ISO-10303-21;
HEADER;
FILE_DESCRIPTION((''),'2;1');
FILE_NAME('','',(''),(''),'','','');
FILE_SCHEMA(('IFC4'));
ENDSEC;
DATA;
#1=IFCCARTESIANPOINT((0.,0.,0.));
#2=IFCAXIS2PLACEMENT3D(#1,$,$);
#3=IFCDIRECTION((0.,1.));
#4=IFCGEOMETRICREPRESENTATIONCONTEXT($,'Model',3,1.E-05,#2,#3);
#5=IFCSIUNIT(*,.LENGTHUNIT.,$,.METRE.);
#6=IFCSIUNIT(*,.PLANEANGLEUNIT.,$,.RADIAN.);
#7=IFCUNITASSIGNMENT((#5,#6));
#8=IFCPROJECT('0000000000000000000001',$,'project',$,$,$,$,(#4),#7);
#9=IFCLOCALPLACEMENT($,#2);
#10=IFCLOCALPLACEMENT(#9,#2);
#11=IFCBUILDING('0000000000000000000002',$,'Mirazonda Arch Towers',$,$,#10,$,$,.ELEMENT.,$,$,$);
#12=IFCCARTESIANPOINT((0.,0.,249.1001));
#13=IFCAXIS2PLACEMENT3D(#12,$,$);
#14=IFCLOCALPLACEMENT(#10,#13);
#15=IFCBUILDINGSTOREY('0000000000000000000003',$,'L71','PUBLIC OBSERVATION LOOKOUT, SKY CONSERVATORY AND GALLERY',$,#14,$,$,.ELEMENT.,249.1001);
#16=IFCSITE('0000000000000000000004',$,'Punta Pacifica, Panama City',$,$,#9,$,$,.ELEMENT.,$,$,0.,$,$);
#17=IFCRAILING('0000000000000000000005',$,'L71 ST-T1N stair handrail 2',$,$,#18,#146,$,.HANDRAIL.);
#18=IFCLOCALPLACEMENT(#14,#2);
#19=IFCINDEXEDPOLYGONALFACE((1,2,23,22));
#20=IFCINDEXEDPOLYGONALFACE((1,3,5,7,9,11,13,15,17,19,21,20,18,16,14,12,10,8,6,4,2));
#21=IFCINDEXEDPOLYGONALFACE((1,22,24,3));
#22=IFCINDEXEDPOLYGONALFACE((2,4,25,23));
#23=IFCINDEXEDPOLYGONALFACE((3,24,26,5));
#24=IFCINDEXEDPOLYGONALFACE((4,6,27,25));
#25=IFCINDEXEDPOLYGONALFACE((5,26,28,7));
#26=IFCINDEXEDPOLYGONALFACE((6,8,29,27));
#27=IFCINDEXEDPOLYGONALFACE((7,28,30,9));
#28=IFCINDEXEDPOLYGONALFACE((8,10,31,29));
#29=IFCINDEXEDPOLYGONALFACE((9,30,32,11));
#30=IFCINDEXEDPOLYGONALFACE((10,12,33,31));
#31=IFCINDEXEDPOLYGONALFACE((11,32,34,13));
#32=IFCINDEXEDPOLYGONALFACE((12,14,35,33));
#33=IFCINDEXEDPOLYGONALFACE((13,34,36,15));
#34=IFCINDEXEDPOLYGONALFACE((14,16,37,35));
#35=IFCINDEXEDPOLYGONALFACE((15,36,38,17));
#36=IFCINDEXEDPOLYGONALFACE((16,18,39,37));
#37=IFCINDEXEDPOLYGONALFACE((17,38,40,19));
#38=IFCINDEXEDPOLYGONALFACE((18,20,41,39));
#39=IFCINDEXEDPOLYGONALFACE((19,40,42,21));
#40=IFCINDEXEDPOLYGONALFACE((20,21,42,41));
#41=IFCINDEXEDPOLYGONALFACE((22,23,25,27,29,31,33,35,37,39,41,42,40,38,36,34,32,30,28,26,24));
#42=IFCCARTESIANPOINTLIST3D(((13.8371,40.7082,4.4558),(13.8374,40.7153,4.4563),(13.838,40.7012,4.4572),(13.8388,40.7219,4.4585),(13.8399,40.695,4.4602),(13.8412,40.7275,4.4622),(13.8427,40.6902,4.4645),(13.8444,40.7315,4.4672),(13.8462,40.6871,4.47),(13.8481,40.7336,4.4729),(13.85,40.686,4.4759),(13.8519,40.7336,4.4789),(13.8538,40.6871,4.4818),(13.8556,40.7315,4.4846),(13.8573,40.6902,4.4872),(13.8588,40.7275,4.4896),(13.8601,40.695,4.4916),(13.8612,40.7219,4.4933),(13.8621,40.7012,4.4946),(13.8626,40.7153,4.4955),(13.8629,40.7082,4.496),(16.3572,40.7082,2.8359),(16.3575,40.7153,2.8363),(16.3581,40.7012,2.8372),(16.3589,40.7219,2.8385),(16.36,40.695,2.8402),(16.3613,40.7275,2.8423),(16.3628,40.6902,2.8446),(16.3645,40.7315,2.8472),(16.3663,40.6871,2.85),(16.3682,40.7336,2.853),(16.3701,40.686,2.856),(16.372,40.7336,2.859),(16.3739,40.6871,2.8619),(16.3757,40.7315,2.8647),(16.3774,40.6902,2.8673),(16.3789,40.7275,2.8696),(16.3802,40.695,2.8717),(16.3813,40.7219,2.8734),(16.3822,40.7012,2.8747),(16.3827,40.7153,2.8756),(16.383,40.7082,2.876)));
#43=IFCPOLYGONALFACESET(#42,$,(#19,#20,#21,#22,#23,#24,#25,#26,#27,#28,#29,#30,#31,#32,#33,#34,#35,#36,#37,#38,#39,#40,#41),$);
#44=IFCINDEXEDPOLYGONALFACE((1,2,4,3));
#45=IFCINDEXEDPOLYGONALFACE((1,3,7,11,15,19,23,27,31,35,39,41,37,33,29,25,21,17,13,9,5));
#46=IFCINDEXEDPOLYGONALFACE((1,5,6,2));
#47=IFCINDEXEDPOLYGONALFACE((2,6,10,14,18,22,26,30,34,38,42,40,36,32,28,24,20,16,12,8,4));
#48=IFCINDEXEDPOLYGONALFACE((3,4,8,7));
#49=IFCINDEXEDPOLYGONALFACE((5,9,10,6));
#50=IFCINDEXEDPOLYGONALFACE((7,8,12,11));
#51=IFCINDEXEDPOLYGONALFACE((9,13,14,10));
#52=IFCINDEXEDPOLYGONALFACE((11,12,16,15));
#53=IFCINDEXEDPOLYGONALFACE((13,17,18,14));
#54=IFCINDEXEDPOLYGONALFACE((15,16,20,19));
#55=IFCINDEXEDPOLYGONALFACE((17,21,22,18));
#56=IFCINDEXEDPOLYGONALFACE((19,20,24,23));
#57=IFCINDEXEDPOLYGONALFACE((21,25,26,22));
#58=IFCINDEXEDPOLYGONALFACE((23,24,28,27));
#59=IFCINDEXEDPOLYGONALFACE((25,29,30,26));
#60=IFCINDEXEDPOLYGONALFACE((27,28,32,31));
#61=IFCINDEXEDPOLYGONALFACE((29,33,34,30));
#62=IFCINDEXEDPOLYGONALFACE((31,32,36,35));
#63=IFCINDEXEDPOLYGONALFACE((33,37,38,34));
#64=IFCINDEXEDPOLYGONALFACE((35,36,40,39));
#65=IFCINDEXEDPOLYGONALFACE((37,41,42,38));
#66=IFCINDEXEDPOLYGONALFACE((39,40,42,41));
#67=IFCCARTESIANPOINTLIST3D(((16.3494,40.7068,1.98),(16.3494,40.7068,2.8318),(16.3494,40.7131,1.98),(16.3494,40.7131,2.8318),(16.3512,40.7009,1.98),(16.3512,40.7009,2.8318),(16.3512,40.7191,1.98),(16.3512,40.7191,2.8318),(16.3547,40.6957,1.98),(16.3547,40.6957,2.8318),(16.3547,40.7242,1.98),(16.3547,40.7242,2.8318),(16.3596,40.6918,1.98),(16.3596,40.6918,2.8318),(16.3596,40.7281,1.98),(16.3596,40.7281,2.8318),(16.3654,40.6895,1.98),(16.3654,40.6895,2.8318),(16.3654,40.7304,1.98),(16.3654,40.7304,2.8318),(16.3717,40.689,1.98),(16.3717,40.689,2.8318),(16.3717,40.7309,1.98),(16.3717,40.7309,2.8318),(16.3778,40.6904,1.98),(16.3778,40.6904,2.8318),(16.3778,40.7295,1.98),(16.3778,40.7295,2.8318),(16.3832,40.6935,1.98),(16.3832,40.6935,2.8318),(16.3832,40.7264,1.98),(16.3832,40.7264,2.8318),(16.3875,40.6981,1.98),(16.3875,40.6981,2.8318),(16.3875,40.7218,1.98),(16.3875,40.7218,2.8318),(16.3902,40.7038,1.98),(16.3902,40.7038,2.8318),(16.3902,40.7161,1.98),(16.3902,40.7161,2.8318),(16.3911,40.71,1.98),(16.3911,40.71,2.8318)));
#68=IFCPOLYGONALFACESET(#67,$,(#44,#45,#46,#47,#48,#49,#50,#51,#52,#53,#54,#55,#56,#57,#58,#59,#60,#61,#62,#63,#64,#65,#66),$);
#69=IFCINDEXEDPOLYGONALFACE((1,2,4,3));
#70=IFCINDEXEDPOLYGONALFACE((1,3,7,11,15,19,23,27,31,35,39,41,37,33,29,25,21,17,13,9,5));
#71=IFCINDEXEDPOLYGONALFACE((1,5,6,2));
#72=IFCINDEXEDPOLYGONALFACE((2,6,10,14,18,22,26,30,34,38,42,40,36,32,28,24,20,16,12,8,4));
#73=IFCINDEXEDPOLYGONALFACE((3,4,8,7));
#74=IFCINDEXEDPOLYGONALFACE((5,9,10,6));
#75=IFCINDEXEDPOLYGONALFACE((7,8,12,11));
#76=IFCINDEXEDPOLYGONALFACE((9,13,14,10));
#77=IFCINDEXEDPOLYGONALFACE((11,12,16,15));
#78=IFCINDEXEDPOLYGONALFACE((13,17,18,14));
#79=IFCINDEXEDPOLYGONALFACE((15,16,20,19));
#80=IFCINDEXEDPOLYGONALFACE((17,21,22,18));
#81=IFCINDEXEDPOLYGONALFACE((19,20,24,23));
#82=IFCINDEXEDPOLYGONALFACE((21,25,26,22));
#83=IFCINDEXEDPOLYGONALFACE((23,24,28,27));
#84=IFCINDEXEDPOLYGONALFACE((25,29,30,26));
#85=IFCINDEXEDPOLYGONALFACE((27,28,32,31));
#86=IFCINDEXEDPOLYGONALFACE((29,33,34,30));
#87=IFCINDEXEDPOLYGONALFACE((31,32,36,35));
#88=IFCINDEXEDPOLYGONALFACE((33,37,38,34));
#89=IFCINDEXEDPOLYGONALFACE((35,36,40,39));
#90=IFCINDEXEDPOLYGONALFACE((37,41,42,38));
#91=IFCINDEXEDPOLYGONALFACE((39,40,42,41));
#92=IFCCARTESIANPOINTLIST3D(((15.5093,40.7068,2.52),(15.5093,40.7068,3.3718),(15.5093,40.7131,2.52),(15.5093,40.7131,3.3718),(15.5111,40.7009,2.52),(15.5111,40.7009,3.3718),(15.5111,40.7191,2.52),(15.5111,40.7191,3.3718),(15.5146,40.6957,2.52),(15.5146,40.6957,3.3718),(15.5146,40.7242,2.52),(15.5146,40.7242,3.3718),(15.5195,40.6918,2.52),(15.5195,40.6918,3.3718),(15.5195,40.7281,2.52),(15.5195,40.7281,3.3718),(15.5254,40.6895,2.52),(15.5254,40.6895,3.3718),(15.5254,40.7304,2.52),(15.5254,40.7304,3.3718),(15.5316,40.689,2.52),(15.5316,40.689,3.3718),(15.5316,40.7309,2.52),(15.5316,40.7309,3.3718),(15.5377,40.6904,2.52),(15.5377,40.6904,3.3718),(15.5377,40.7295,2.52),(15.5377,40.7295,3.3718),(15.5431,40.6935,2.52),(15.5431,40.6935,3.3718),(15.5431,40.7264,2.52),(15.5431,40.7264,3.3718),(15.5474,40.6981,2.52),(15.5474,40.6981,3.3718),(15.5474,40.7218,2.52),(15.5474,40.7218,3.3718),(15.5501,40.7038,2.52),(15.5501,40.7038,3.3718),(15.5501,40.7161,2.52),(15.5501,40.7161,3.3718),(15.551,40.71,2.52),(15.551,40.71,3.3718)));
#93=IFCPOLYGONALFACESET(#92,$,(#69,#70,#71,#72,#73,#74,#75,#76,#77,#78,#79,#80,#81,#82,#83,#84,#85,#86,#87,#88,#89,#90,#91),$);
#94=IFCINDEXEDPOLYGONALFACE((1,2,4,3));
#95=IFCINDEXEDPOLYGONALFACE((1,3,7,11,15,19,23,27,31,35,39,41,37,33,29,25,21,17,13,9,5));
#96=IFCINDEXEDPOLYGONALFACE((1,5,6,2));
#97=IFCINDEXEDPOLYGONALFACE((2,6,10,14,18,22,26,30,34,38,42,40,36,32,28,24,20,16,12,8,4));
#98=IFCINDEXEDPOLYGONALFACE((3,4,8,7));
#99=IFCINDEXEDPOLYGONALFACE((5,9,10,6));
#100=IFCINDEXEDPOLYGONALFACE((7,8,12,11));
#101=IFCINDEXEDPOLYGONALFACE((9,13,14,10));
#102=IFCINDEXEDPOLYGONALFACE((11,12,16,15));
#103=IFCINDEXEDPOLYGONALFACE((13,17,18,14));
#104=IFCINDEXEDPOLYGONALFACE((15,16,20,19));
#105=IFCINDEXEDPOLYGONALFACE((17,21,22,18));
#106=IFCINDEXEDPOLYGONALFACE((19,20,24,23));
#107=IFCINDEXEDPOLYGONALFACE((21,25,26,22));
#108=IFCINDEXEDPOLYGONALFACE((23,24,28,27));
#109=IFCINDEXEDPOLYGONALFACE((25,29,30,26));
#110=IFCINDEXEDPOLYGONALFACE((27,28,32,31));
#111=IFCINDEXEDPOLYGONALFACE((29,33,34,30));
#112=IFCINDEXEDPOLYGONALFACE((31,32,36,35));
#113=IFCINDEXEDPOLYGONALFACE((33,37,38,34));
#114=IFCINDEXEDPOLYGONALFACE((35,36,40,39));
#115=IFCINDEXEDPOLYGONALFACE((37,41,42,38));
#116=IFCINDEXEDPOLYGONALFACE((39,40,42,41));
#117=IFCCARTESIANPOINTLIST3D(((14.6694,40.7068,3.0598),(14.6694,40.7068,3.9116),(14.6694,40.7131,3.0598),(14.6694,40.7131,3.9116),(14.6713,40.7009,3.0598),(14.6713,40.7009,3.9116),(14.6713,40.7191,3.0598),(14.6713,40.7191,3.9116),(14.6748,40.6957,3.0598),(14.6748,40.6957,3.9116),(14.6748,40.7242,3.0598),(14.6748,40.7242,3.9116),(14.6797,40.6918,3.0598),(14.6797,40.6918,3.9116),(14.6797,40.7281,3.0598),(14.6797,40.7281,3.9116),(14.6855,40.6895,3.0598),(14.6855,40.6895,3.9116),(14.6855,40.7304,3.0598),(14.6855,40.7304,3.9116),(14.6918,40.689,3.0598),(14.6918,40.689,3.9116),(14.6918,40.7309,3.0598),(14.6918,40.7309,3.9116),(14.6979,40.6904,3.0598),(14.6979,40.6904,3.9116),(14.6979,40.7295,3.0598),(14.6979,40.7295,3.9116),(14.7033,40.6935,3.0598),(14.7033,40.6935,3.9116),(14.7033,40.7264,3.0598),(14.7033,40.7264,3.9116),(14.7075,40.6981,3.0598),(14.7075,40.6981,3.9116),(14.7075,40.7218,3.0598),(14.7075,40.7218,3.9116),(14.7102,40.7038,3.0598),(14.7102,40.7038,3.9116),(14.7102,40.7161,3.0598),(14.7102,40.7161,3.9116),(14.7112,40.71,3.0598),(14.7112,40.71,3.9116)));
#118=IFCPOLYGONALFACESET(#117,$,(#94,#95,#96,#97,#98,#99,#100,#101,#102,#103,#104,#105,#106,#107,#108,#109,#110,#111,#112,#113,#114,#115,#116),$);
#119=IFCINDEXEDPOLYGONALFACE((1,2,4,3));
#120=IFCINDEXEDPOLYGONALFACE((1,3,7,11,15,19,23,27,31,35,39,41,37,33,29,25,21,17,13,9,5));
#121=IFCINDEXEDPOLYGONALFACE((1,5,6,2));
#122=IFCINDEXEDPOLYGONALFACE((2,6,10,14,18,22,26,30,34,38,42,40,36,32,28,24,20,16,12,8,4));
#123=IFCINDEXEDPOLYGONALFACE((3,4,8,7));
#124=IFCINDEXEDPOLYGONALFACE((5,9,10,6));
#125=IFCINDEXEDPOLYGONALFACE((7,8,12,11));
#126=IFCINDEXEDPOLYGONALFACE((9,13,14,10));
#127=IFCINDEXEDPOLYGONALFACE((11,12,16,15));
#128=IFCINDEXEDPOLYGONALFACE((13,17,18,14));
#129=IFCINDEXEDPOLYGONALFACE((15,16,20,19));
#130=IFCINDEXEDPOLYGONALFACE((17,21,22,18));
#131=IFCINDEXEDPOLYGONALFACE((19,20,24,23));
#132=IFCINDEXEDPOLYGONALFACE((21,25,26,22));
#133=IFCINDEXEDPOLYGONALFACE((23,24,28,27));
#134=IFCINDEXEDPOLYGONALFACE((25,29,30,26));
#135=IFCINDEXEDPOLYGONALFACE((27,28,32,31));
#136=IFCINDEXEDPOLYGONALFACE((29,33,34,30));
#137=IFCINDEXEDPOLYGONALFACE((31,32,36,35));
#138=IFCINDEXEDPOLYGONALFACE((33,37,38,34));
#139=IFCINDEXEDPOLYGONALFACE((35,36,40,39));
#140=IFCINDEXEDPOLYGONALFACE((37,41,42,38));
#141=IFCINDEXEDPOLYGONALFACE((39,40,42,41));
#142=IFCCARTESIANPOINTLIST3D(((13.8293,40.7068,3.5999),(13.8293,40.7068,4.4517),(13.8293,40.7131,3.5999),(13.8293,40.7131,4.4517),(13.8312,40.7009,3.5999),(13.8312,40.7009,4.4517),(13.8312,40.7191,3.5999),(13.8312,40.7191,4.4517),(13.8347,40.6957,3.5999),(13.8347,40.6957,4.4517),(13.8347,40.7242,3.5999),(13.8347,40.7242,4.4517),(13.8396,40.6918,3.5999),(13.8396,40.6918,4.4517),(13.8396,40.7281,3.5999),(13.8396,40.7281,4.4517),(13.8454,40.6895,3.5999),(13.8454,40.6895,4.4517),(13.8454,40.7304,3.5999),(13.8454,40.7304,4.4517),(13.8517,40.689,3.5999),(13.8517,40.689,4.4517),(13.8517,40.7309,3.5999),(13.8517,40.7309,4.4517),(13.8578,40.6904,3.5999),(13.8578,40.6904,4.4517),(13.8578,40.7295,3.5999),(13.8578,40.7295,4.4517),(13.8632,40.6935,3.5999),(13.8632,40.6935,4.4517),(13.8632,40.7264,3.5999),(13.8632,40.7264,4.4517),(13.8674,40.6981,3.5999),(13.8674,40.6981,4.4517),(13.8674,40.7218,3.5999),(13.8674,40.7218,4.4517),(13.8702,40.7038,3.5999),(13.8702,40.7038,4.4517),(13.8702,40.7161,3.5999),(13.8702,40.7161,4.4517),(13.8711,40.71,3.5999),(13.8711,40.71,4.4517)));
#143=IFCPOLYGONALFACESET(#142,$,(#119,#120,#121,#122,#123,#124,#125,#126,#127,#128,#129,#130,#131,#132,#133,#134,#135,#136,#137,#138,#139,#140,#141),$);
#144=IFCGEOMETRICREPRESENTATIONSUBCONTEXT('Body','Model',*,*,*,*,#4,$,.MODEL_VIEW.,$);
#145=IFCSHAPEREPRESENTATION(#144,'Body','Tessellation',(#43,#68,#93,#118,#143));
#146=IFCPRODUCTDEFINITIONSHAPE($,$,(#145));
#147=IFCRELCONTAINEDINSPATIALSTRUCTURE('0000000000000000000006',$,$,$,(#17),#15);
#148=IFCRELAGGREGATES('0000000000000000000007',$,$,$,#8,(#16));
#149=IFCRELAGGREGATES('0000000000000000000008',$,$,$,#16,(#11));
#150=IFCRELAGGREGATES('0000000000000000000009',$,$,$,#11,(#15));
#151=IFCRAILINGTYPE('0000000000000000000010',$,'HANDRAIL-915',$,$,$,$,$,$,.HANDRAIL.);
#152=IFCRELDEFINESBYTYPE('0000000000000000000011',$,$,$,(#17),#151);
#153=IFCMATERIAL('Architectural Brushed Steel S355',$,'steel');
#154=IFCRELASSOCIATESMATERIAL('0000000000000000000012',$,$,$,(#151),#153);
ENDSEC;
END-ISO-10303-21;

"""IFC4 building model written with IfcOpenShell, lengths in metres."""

from ifc_helpers import new_model, si_unit, direction, frame, origin, origin_2d, place, context, subcontext, project, spatial, circle, extrude, material, type_object, element, save


model = new_model("IFC4")

# Units and contexts
model_context = context("Model", 3, precision=1e-05, world=origin(), true_north=direction((0.0, 1.0)))
body_context = subcontext(model_context, "Body", "Model", "MODEL_VIEW")
ifc_project = project(units=[si_unit("LENGTHUNIT", "METRE"), si_unit("PLANEANGLEUNIT", "RADIAN")], contexts=[model_context])

# Site, building, storey
site_placement = place(None, origin())
site = spatial("IfcSite", under=ifc_project, at=site_placement, Name="Punta Pacifica, Panama City", CompositionType="ELEMENT", RefElevation=0.0)
building_placement = place(site_placement, origin())
building = spatial("IfcBuilding", under=site, at=building_placement, Name="Mirazonda Arch Towers", CompositionType="ELEMENT")
storey_placement = place(building_placement, frame((0.0, 0.0, 249.1001)))
storey = spatial("IfcBuildingStorey", under=building, at=storey_placement, Name="L71", Description="PUBLIC OBSERVATION LOOKOUT, SKY CONSERVATORY AND GALLERY", CompositionType="ELEMENT", Elevation=249.1001)

# Shared definitions
ifc_material_1 = material(Name="Architectural Brushed Steel S355", Category="steel")

# Railing
railing_type_1 = type_object("IfcRailingType", Name="HANDRAIL-915", PredefinedType="HANDRAIL", material=ifc_material_1)
railing_1_placement = place(storey_placement, frame((16.3701, 40.71, 1.98)))
element("IfcRailing", 1, at=railing_1_placement, inside=storey, type_object=railing_type_1, Name="L71 ST-T1N stair handrail 2", PredefinedType="HANDRAIL", context=body_context, shape_type="SweptSolid", body=[
    extrude(circle(Radius=0.0239, at=origin_2d()), frame((0.0, 0.0, 0.876), z_axis=(-0.8412, 0.0, 0.540725), x_axis=(0.0, -1.0, 0.0)), (0.0, 0.0, 1.0), 2.9958),
    extrude(circle(Radius=0.021, at=origin_2d()), origin(), (0.0, 0.0, 1.0), 0.8518),
    extrude(circle(Radius=0.021, at=origin_2d()), frame((-0.8401, 0.0, 0.54)), (0.0, 0.0, 1.0), 0.8518),
    extrude(circle(Radius=0.021, at=origin_2d()), frame((-1.6799, 0.0, 1.0798)), (0.0, 0.0, 1.0), 0.8518),
    extrude(circle(Radius=0.021, at=origin_2d()), frame((-2.52, 0.0, 1.6199)), (0.0, 0.0, 1.0), 0.8518),
])

save(model, "model.ifc")
